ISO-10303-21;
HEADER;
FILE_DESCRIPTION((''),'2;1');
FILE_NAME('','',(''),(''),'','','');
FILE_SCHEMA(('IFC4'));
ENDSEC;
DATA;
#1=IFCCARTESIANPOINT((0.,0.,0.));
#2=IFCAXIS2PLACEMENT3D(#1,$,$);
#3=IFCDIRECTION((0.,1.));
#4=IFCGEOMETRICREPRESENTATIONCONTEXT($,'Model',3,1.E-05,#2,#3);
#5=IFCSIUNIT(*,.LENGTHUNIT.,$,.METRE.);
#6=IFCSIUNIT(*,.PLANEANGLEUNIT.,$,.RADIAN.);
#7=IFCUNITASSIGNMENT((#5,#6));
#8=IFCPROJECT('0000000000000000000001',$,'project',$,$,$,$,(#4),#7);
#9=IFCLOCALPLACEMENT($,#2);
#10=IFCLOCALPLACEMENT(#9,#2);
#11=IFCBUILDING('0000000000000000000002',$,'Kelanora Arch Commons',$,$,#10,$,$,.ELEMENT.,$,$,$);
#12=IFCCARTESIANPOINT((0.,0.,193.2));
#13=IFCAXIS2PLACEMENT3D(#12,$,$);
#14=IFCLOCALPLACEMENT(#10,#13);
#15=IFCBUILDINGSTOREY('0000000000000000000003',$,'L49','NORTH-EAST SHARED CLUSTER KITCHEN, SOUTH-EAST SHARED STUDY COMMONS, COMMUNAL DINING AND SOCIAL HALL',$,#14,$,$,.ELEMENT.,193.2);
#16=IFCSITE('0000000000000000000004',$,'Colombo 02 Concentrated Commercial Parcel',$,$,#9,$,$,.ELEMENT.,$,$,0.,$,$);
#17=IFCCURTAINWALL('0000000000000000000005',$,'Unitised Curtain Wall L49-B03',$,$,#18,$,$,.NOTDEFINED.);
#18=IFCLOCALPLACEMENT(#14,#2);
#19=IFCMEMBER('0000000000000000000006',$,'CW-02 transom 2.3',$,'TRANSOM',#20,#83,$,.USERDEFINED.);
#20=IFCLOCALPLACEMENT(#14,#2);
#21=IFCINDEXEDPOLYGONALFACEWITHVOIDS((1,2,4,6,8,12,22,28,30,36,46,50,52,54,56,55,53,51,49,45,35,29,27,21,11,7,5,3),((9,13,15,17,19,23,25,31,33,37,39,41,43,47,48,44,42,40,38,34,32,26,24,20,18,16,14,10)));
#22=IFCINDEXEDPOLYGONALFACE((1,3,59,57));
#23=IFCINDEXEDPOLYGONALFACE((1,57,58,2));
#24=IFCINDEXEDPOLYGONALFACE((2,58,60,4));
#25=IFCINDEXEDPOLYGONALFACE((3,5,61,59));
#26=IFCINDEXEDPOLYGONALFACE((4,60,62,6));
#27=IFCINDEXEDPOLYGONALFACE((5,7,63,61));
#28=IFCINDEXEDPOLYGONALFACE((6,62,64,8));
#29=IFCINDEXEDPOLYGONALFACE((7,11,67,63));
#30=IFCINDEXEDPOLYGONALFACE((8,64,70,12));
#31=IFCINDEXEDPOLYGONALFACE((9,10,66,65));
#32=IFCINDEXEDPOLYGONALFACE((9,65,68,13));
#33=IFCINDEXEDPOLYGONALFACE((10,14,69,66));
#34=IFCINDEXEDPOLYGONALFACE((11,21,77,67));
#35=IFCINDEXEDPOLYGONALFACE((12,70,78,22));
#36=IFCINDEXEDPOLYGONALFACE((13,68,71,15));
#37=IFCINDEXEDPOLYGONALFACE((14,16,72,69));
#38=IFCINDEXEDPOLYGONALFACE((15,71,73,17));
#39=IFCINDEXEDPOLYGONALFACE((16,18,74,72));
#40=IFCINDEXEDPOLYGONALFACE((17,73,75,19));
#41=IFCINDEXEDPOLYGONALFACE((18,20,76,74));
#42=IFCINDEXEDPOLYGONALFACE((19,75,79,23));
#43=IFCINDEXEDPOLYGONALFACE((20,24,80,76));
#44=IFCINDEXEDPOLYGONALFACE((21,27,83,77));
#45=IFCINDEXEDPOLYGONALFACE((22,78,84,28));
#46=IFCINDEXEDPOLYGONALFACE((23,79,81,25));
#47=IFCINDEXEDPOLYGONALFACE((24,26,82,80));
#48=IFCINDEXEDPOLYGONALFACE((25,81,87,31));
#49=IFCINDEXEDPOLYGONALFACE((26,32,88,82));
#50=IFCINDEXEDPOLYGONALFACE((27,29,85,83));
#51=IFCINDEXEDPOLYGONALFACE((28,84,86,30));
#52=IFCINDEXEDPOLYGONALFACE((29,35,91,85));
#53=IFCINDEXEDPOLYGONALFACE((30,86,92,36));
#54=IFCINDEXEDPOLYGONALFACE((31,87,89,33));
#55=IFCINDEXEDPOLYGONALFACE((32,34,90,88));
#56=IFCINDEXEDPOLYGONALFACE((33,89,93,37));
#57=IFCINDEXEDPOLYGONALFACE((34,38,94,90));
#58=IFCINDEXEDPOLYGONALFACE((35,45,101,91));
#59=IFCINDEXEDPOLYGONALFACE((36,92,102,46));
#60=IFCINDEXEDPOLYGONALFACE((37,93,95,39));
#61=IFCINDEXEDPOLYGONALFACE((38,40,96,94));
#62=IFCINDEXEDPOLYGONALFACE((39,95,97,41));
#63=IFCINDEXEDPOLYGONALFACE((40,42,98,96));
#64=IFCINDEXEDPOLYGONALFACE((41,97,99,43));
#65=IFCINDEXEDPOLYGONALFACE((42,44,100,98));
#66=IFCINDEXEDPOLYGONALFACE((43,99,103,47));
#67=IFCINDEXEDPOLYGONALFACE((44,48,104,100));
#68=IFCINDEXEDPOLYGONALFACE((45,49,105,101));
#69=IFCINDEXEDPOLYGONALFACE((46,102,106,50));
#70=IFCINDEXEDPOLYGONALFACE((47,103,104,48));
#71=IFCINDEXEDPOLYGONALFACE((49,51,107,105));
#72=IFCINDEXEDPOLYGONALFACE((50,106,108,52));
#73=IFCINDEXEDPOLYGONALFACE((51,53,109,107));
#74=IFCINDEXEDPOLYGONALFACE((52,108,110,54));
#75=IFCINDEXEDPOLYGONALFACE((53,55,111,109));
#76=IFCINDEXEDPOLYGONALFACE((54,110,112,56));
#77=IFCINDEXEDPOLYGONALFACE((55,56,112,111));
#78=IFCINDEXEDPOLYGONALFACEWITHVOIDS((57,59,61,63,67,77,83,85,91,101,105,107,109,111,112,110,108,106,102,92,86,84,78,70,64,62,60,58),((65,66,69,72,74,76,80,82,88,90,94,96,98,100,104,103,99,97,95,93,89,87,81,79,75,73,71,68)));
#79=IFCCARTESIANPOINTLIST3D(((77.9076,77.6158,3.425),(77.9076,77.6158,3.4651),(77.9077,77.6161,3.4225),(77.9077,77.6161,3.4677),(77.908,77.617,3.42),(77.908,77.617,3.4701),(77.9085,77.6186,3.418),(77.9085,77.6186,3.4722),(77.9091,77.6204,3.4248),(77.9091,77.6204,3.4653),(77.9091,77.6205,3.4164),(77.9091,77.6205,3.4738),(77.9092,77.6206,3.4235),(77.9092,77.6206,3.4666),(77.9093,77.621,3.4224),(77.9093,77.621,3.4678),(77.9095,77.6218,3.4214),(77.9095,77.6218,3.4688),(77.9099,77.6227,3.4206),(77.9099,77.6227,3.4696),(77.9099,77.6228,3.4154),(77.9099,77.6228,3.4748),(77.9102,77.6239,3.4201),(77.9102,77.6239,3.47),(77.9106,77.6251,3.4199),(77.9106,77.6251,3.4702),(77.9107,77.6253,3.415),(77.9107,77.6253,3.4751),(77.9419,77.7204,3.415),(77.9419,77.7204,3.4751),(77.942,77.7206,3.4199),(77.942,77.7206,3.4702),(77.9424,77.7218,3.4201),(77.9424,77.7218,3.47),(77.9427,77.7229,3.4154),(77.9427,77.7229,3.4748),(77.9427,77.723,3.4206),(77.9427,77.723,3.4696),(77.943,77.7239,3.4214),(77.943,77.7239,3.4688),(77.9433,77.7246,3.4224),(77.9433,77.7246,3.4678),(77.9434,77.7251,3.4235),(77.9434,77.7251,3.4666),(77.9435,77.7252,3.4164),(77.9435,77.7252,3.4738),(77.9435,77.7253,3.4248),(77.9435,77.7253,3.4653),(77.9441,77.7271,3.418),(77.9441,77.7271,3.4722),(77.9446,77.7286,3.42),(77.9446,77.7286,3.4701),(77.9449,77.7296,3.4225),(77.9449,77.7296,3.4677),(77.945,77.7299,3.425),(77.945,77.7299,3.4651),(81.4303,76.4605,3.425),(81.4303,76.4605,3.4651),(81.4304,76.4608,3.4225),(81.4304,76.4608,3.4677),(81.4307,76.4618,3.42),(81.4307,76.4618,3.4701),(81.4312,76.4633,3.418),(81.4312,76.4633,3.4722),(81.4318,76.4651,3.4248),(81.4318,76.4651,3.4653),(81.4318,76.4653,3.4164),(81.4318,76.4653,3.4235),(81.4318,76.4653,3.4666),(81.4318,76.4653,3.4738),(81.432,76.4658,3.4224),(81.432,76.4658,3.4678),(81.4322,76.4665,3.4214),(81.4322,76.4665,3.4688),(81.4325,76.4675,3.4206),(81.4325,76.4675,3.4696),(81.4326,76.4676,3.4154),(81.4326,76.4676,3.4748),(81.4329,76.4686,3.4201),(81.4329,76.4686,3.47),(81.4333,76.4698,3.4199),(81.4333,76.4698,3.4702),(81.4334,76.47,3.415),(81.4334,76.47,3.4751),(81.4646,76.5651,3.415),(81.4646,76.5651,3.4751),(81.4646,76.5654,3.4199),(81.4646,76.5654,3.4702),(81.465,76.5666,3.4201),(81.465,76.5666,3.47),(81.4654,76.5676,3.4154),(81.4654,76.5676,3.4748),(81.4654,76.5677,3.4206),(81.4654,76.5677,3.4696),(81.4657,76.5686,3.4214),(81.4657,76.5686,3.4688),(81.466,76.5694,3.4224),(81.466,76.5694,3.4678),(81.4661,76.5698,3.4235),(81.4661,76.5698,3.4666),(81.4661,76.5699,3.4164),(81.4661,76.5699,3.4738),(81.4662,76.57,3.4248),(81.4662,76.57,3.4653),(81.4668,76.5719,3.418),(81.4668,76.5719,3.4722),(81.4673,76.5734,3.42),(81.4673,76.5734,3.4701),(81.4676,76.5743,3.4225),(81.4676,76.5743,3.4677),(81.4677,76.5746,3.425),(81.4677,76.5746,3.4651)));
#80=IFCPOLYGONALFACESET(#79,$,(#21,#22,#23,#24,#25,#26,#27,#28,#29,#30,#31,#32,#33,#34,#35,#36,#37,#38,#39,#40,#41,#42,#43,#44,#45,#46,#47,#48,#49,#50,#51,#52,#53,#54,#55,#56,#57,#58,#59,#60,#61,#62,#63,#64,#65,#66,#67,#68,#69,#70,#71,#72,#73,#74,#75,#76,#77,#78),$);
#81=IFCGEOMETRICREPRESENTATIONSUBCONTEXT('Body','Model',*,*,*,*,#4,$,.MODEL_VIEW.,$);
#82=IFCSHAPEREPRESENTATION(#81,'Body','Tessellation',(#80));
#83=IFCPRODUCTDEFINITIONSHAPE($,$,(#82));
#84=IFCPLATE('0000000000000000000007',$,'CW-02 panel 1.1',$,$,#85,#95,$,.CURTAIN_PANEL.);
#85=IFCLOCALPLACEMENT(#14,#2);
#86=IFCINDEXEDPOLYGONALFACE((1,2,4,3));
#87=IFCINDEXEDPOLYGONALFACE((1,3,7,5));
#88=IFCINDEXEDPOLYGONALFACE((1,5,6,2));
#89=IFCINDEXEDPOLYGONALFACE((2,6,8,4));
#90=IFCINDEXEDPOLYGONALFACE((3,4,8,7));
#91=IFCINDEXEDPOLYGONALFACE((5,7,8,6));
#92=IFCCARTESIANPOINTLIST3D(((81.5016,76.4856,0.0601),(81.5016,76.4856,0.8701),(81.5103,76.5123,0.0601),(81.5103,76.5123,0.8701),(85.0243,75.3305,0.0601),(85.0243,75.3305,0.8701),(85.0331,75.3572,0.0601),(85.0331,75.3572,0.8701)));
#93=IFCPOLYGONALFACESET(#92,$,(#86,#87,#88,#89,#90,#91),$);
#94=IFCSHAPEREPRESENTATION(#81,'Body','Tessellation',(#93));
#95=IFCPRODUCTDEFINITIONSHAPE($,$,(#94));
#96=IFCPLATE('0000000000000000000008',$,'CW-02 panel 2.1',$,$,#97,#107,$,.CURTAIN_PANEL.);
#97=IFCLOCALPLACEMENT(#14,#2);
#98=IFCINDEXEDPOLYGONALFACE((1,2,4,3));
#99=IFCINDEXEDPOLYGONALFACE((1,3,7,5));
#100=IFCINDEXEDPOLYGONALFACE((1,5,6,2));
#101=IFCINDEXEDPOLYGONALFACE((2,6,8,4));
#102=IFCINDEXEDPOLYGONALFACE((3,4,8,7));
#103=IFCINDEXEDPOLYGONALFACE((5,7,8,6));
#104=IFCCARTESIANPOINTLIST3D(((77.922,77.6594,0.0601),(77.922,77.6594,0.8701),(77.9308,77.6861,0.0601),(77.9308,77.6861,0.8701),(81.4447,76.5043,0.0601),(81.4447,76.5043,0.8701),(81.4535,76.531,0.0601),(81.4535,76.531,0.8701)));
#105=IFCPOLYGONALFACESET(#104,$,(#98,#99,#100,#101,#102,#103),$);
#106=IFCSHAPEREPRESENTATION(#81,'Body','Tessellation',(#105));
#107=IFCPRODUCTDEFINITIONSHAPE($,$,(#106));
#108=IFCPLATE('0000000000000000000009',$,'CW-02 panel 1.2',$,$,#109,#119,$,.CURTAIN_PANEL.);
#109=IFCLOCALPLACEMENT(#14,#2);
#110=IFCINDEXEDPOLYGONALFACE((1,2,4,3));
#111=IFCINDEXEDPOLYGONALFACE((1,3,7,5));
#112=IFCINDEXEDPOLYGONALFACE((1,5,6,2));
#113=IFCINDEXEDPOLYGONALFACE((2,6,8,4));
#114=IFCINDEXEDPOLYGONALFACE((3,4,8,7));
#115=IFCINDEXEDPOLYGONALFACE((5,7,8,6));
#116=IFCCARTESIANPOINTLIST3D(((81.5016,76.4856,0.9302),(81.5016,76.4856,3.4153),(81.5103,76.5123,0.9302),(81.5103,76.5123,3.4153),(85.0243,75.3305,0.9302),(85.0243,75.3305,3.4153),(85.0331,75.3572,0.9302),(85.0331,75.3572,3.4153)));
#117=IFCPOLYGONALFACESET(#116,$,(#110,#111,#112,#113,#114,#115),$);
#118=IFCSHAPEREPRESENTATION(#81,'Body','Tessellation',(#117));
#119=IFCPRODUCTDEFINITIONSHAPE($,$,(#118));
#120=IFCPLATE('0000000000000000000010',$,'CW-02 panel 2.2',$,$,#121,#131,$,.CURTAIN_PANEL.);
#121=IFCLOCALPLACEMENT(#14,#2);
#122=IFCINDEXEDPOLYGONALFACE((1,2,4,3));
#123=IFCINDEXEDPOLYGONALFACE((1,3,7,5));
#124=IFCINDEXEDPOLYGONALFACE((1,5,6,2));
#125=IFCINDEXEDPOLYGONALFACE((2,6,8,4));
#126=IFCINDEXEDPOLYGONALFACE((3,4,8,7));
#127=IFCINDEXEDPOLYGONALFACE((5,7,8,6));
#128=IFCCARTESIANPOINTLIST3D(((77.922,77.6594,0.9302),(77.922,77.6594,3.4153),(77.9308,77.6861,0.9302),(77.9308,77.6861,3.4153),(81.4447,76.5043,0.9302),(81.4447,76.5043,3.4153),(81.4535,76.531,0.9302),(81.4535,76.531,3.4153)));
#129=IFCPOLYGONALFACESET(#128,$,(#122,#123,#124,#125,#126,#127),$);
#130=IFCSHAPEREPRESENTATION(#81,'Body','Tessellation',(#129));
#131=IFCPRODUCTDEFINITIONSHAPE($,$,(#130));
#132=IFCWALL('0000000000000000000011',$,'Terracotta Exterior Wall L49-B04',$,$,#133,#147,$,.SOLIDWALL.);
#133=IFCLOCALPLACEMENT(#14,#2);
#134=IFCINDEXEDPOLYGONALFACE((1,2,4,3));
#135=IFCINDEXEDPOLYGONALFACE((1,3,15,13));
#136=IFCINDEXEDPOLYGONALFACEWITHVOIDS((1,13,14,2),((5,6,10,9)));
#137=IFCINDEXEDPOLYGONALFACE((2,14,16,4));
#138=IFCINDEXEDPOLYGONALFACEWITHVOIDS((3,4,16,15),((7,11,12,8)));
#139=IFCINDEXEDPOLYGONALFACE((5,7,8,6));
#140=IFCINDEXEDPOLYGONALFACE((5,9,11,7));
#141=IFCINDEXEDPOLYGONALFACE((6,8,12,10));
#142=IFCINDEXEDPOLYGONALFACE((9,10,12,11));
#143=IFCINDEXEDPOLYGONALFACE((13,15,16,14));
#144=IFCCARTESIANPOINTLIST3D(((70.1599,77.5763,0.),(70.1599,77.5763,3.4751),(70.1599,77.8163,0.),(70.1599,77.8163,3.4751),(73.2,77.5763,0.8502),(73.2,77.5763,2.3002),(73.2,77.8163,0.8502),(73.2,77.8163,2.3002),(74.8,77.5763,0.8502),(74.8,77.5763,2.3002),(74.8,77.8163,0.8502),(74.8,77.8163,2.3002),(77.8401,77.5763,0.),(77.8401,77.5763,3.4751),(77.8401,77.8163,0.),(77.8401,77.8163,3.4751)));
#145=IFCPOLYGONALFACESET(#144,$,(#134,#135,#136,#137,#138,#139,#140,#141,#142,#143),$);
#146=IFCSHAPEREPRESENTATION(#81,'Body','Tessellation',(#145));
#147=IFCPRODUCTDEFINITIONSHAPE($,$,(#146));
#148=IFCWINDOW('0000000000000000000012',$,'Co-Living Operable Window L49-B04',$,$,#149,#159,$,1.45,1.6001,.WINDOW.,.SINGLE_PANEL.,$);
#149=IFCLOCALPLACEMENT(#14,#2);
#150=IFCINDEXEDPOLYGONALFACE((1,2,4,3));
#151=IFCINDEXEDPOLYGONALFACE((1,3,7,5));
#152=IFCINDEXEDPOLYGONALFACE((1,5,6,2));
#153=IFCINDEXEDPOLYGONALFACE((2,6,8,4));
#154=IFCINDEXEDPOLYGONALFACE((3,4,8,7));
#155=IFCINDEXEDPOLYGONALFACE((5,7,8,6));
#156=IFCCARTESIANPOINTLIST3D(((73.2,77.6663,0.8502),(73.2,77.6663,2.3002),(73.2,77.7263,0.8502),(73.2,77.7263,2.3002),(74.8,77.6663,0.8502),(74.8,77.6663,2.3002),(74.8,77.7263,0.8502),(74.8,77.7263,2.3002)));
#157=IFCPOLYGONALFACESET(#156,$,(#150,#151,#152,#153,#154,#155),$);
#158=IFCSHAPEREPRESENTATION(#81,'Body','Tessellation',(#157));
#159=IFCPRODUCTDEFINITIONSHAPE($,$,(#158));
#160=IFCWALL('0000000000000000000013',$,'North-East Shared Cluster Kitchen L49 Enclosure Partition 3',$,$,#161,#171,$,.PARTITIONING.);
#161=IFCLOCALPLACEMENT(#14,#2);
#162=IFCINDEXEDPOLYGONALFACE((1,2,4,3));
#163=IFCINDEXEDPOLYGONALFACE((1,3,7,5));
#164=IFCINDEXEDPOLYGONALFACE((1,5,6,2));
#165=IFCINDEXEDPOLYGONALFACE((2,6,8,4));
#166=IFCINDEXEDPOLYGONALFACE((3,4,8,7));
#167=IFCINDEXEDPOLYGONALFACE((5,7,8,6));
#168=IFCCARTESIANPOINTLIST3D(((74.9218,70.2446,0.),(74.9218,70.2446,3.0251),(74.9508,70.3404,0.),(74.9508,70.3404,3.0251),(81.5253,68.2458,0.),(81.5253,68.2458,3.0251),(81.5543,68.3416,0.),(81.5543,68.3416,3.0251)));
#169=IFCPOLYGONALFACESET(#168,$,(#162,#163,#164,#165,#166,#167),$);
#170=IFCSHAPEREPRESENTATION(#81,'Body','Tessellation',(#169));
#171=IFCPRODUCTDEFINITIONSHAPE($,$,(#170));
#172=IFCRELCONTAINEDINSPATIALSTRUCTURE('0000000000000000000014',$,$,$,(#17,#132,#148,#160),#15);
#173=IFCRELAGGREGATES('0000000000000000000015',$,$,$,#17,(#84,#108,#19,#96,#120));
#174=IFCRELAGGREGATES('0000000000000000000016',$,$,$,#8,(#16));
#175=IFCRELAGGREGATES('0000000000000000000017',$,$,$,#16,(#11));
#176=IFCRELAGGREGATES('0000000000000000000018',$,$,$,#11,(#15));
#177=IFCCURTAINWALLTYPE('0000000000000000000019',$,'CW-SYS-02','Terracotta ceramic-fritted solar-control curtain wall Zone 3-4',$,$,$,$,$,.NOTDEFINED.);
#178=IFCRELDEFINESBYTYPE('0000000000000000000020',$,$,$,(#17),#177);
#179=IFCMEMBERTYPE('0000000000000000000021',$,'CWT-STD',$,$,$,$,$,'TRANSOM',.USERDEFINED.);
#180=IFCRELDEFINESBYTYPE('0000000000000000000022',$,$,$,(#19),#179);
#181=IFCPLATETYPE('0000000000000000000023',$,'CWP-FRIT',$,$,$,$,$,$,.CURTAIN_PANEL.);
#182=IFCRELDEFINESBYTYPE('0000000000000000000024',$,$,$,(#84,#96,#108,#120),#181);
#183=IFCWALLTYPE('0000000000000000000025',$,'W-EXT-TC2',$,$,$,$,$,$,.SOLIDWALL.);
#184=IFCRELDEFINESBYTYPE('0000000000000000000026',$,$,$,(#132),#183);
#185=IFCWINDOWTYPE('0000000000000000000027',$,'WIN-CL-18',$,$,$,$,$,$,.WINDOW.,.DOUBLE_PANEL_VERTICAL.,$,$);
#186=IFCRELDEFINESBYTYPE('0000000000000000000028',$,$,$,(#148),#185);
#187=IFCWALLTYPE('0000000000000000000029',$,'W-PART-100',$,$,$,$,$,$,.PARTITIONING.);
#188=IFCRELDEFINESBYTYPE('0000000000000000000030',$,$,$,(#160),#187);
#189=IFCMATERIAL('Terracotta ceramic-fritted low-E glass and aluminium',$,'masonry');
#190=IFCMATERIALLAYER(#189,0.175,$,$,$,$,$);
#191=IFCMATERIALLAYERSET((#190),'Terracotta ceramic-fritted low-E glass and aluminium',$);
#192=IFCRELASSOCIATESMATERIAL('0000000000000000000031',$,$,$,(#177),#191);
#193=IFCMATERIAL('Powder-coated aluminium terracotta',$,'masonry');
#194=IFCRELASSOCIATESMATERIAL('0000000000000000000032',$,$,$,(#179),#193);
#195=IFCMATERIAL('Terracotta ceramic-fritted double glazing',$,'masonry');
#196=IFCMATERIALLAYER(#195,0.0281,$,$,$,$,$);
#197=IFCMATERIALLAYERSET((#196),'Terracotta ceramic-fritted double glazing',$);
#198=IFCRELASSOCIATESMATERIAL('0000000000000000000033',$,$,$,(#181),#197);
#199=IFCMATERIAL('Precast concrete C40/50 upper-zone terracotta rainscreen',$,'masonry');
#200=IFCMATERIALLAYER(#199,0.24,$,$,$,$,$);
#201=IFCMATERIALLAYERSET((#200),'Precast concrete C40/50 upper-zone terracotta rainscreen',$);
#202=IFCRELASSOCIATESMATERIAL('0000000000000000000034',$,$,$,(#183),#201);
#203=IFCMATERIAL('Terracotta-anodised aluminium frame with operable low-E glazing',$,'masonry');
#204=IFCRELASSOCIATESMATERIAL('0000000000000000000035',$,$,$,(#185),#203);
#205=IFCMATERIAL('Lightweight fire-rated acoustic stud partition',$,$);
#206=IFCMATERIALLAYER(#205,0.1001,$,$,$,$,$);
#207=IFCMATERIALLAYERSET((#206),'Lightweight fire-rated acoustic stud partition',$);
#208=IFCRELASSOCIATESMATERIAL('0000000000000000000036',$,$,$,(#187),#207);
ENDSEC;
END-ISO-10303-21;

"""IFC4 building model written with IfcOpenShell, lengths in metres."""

from ifc_helpers import new_model, si_unit, direction, frame, frame_2d, origin, origin_2d, place, context, subcontext, project, spatial, rectangle, hollow_rectangle, extrude, source, transform, mapped, material, layer, layer_set, material_profile, profile_set, type_object, element, fill, aggregate, save


model = new_model("IFC4")

# Units and contexts
model_context = context("Model", 3, precision=1e-05, world=origin(), true_north=direction((0.0, 1.0)))
body_context = subcontext(model_context, "Body", "Model", "MODEL_VIEW")
ifc_project = project(units=[si_unit("LENGTHUNIT", "METRE"), si_unit("PLANEANGLEUNIT", "RADIAN")], contexts=[model_context])

# Site, building, storey
site_placement = place(None, origin())
site = spatial("IfcSite", under=ifc_project, at=site_placement, Name="Colombo 02 Concentrated Commercial Parcel", CompositionType="ELEMENT", RefElevation=0.0)
building_placement = place(site_placement, origin())
building = spatial("IfcBuilding", under=site, at=building_placement, Name="Kelanora Arch Commons", CompositionType="ELEMENT")
storey_placement = place(building_placement, frame((0.0, 0.0, 193.2)))
storey = spatial("IfcBuildingStorey", under=building, at=storey_placement, Name="L49", Description="NORTH-EAST SHARED CLUSTER KITCHEN, SOUTH-EAST SHARED STUDY COMMONS, COMMUNAL DINING AND SOCIAL HALL", CompositionType="ELEMENT", Elevation=193.2)

# Curtain wall, member, plates
ifc_material_1 = material(Name="Terracotta ceramic-fritted low-E glass and aluminium", Category="masonry")
ifc_layer_1 = layer(ifc_material_1, 0.175)
ifc_layer_set_1 = layer_set([ifc_layer_1], Name="Terracotta ceramic-fritted low-E glass and aluminium")
curtain_wall_type = type_object("IfcCurtainWallType", Name="CW-SYS-02", Description="Terracotta ceramic-fritted solar-control curtain wall Zone 3-4", PredefinedType="NOTDEFINED", material=ifc_layer_set_1)
curtain_wall_placement = place(storey_placement, origin())
curtain_wall = element("IfcCurtainWall", 1, at=curtain_wall_placement, inside=storey, type_object=curtain_wall_type, Name="Unitised Curtain Wall L49-B03", PredefinedType="NOTDEFINED")
ifc_material_2 = material(Name="Powder-coated aluminium terracotta", Category="masonry")
ifc_material_profile_1 = material_profile(ifc_material_2, hollow_rectangle(XDim=0.1201, YDim=0.0601, WallThickness=0.0049, InnerFilletRadius=0.0049, OuterFilletRadius=0.01, at=origin_2d()), Name="CWT120x60")
ifc_profile_set_1 = profile_set([ifc_material_profile_1], Name="Powder-coated aluminium terracotta")
member_type_1 = type_object("IfcMemberType", Name="CWT-STD", ElementType="TRANSOM", PredefinedType="USERDEFINED", material=ifc_profile_set_1)
member_1_placement = place(storey_placement, frame((81.449, 76.5176, 3.4451), z_axis=(-0.950207, 0.311621, 0.0), x_axis=(-0.311621, -0.950207, 0.0)))
member_1 = element("IfcMember", 2, at=member_1_placement, type_object=member_type_1, Name="CW-02 transom 2.3", ObjectType="TRANSOM", PredefinedType="USERDEFINED", context=body_context, shape_type="SweptSolid", body=[
    extrude(hollow_rectangle(XDim=0.1201, YDim=0.0601, WallThickness=0.0049, InnerFilletRadius=0.0049, OuterFilletRadius=0.01, at=origin_2d()), origin(), (0.0, 0.0, 1.0), 3.7073),
])
ifc_material_3 = material(Name="Terracotta ceramic-fritted double glazing", Category="masonry")
ifc_layer_2 = layer(ifc_material_3, 0.0281)
ifc_layer_set_2 = layer_set([ifc_layer_2], Name="Terracotta ceramic-fritted double glazing")
plate_type = type_object("IfcPlateType", Name="CWP-FRIT", PredefinedType="CURTAIN_PANEL", material=ifc_layer_set_2)
shared_shape_1 = source(origin(), body_context, "Body", "SweptSolid", [
    extrude(rectangle(XDim=3.7073, YDim=0.0281, at=origin_2d()), origin(), (0.0, 0.0, 1.0), 0.8101),
])
plate_1_placement = place(storey_placement, frame((83.2673, 75.9214, 0.0601), z_axis=(0.0, 0.0, 1.0), x_axis=(-0.950219, 0.311582, 0.0)))
plate_1 = element("IfcPlate", 3, at=plate_1_placement, type_object=plate_type, Name="CW-02 panel 1.1", PredefinedType="CURTAIN_PANEL", context=body_context, shape_type="MappedRepresentation", body=[
    mapped(shared_shape_1, transform((0.0, 0.0, 0.0), scale=1.0)),
])
plate_2_placement = place(storey_placement, frame((79.6877, 77.0952, 0.0601), z_axis=(0.0, 0.0, 1.0), x_axis=(-0.950219, 0.311582, 0.0)))
plate_2 = element("IfcPlate", 4, at=plate_2_placement, type_object=plate_type, Name="CW-02 panel 2.1", PredefinedType="CURTAIN_PANEL", context=body_context, shape_type="MappedRepresentation", body=[
    mapped(shared_shape_1, transform((0.0, 0.0, 0.0), scale=1.0)),
])
shared_shape_2 = source(origin(), body_context, "Body", "SweptSolid", [
    extrude(rectangle(XDim=3.7073, YDim=0.0281, at=origin_2d()), origin(), (0.0, 0.0, 1.0), 2.4851),
])
plate_3_placement = place(storey_placement, frame((83.2673, 75.9214, 0.9302), z_axis=(0.0, 0.0, 1.0), x_axis=(-0.950219, 0.311582, 0.0)))
plate_3 = element("IfcPlate", 5, at=plate_3_placement, type_object=plate_type, Name="CW-02 panel 1.2", PredefinedType="CURTAIN_PANEL", context=body_context, shape_type="MappedRepresentation", body=[
    mapped(shared_shape_2, transform((0.0, 0.0, 0.0), scale=1.0)),
])
plate_4_placement = place(storey_placement, frame((79.6877, 77.0952, 0.9302), z_axis=(0.0, 0.0, 1.0), x_axis=(-0.950219, 0.311582, 0.0)))
plate_4 = element("IfcPlate", 6, at=plate_4_placement, type_object=plate_type, Name="CW-02 panel 2.2", PredefinedType="CURTAIN_PANEL", context=body_context, shape_type="MappedRepresentation", body=[
    mapped(shared_shape_2, transform((0.0, 0.0, 0.0), scale=1.0)),
])
aggregate(curtain_wall, [plate_1, plate_3, member_1, plate_2, plate_4])

# Wall, opening, window
ifc_material_4 = material(Name="Precast concrete C40/50 upper-zone terracotta rainscreen", Category="masonry")
ifc_layer_3 = layer(ifc_material_4, 0.24)
ifc_layer_set_3 = layer_set([ifc_layer_3], Name="Precast concrete C40/50 upper-zone terracotta rainscreen")
wall_type_1 = type_object("IfcWallType", Name="W-EXT-TC2", PredefinedType="SOLIDWALL", material=ifc_layer_set_3)
wall_1_placement = place(storey_placement, frame((77.8401, 77.6963, 0.0), z_axis=(0.0, 0.0, 1.0), x_axis=(-1.0, 0.0, 0.0)))
wall_1 = element("IfcWall", 7, at=wall_1_placement, inside=storey, type_object=wall_type_1, Name="Terracotta Exterior Wall L49-B04", PredefinedType="SOLIDWALL", context=body_context, shape_type="SweptSolid", body=[
    extrude(rectangle(XDim=7.6802, YDim=0.24, at=frame_2d((3.8401, 0.0))), origin(), (0.0, 0.0, 1.0), 3.4751),
])
opening_1_placement = place(wall_1_placement, frame((3.04, 0.0, 0.8501)))
opening_1 = element("IfcOpeningElement", 8, at=opening_1_placement, cuts=wall_1, PredefinedType="OPENING", context=body_context, shape_type="SweptSolid", body=[
    extrude(rectangle(XDim=1.6001, YDim=1.45, at=frame_2d((0.8, 0.7251))), frame((0.0, 0.1299, 0.0), z_axis=(0.0, -1.0, 0.0), x_axis=(1.0, 0.0, 0.0)), (0.0, 0.0, 1.0), 0.26),
])
ifc_material_5 = material(Name="Terracotta-anodised aluminium frame with operable low-E glazing", Category="masonry")
window_type = type_object("IfcWindowType", Name="WIN-CL-18", PartitioningType="DOUBLE_PANEL_VERTICAL", PredefinedType="WINDOW", material=ifc_material_5)
window_placement = place(opening_1_placement, origin())
window = element("IfcWindow", 9, at=window_placement, inside=storey, type_object=window_type, Name="Co-Living Operable Window L49-B04", OverallHeight=1.45, OverallWidth=1.6001, PartitioningType="SINGLE_PANEL", PredefinedType="WINDOW", context=body_context, shape_type="SweptSolid", body=[
    extrude(rectangle(XDim=1.6001, YDim=1.45, at=frame_2d((0.8, 0.7251))), frame((0.0, 0.03, 0.0), z_axis=(0.0, -1.0, 0.0), x_axis=(1.0, 0.0, 0.0)), (0.0, 0.0, 1.0), 0.0601),
])
fill(opening_1, window)

# Wall
ifc_material_6 = material(Name="Lightweight fire-rated acoustic stud partition")
ifc_layer_4 = layer(ifc_material_6, 0.1001)
ifc_layer_set_4 = layer_set([ifc_layer_4], Name="Lightweight fire-rated acoustic stud partition")
wall_type_2 = type_object("IfcWallType", Name="W-PART-100", PredefinedType="PARTITIONING", material=ifc_layer_set_4)
wall_2_placement = place(storey_placement, frame((81.5398, 68.2937, 0.0), z_axis=(0.0, 0.0, 1.0), x_axis=(-0.957116, 0.289704, 0.0)))
element("IfcWall", 10, at=wall_2_placement, inside=storey, type_object=wall_type_2, Name="North-East Shared Cluster Kitchen L49 Enclosure Partition 3", PredefinedType="PARTITIONING", context=body_context, shape_type="SweptSolid", body=[
    extrude(rectangle(XDim=6.8994, YDim=0.1001, at=frame_2d((3.4497, 0.0))), origin(), (0.0, 0.0, 1.0), 3.0251),
])

save(model, "model.ifc")
